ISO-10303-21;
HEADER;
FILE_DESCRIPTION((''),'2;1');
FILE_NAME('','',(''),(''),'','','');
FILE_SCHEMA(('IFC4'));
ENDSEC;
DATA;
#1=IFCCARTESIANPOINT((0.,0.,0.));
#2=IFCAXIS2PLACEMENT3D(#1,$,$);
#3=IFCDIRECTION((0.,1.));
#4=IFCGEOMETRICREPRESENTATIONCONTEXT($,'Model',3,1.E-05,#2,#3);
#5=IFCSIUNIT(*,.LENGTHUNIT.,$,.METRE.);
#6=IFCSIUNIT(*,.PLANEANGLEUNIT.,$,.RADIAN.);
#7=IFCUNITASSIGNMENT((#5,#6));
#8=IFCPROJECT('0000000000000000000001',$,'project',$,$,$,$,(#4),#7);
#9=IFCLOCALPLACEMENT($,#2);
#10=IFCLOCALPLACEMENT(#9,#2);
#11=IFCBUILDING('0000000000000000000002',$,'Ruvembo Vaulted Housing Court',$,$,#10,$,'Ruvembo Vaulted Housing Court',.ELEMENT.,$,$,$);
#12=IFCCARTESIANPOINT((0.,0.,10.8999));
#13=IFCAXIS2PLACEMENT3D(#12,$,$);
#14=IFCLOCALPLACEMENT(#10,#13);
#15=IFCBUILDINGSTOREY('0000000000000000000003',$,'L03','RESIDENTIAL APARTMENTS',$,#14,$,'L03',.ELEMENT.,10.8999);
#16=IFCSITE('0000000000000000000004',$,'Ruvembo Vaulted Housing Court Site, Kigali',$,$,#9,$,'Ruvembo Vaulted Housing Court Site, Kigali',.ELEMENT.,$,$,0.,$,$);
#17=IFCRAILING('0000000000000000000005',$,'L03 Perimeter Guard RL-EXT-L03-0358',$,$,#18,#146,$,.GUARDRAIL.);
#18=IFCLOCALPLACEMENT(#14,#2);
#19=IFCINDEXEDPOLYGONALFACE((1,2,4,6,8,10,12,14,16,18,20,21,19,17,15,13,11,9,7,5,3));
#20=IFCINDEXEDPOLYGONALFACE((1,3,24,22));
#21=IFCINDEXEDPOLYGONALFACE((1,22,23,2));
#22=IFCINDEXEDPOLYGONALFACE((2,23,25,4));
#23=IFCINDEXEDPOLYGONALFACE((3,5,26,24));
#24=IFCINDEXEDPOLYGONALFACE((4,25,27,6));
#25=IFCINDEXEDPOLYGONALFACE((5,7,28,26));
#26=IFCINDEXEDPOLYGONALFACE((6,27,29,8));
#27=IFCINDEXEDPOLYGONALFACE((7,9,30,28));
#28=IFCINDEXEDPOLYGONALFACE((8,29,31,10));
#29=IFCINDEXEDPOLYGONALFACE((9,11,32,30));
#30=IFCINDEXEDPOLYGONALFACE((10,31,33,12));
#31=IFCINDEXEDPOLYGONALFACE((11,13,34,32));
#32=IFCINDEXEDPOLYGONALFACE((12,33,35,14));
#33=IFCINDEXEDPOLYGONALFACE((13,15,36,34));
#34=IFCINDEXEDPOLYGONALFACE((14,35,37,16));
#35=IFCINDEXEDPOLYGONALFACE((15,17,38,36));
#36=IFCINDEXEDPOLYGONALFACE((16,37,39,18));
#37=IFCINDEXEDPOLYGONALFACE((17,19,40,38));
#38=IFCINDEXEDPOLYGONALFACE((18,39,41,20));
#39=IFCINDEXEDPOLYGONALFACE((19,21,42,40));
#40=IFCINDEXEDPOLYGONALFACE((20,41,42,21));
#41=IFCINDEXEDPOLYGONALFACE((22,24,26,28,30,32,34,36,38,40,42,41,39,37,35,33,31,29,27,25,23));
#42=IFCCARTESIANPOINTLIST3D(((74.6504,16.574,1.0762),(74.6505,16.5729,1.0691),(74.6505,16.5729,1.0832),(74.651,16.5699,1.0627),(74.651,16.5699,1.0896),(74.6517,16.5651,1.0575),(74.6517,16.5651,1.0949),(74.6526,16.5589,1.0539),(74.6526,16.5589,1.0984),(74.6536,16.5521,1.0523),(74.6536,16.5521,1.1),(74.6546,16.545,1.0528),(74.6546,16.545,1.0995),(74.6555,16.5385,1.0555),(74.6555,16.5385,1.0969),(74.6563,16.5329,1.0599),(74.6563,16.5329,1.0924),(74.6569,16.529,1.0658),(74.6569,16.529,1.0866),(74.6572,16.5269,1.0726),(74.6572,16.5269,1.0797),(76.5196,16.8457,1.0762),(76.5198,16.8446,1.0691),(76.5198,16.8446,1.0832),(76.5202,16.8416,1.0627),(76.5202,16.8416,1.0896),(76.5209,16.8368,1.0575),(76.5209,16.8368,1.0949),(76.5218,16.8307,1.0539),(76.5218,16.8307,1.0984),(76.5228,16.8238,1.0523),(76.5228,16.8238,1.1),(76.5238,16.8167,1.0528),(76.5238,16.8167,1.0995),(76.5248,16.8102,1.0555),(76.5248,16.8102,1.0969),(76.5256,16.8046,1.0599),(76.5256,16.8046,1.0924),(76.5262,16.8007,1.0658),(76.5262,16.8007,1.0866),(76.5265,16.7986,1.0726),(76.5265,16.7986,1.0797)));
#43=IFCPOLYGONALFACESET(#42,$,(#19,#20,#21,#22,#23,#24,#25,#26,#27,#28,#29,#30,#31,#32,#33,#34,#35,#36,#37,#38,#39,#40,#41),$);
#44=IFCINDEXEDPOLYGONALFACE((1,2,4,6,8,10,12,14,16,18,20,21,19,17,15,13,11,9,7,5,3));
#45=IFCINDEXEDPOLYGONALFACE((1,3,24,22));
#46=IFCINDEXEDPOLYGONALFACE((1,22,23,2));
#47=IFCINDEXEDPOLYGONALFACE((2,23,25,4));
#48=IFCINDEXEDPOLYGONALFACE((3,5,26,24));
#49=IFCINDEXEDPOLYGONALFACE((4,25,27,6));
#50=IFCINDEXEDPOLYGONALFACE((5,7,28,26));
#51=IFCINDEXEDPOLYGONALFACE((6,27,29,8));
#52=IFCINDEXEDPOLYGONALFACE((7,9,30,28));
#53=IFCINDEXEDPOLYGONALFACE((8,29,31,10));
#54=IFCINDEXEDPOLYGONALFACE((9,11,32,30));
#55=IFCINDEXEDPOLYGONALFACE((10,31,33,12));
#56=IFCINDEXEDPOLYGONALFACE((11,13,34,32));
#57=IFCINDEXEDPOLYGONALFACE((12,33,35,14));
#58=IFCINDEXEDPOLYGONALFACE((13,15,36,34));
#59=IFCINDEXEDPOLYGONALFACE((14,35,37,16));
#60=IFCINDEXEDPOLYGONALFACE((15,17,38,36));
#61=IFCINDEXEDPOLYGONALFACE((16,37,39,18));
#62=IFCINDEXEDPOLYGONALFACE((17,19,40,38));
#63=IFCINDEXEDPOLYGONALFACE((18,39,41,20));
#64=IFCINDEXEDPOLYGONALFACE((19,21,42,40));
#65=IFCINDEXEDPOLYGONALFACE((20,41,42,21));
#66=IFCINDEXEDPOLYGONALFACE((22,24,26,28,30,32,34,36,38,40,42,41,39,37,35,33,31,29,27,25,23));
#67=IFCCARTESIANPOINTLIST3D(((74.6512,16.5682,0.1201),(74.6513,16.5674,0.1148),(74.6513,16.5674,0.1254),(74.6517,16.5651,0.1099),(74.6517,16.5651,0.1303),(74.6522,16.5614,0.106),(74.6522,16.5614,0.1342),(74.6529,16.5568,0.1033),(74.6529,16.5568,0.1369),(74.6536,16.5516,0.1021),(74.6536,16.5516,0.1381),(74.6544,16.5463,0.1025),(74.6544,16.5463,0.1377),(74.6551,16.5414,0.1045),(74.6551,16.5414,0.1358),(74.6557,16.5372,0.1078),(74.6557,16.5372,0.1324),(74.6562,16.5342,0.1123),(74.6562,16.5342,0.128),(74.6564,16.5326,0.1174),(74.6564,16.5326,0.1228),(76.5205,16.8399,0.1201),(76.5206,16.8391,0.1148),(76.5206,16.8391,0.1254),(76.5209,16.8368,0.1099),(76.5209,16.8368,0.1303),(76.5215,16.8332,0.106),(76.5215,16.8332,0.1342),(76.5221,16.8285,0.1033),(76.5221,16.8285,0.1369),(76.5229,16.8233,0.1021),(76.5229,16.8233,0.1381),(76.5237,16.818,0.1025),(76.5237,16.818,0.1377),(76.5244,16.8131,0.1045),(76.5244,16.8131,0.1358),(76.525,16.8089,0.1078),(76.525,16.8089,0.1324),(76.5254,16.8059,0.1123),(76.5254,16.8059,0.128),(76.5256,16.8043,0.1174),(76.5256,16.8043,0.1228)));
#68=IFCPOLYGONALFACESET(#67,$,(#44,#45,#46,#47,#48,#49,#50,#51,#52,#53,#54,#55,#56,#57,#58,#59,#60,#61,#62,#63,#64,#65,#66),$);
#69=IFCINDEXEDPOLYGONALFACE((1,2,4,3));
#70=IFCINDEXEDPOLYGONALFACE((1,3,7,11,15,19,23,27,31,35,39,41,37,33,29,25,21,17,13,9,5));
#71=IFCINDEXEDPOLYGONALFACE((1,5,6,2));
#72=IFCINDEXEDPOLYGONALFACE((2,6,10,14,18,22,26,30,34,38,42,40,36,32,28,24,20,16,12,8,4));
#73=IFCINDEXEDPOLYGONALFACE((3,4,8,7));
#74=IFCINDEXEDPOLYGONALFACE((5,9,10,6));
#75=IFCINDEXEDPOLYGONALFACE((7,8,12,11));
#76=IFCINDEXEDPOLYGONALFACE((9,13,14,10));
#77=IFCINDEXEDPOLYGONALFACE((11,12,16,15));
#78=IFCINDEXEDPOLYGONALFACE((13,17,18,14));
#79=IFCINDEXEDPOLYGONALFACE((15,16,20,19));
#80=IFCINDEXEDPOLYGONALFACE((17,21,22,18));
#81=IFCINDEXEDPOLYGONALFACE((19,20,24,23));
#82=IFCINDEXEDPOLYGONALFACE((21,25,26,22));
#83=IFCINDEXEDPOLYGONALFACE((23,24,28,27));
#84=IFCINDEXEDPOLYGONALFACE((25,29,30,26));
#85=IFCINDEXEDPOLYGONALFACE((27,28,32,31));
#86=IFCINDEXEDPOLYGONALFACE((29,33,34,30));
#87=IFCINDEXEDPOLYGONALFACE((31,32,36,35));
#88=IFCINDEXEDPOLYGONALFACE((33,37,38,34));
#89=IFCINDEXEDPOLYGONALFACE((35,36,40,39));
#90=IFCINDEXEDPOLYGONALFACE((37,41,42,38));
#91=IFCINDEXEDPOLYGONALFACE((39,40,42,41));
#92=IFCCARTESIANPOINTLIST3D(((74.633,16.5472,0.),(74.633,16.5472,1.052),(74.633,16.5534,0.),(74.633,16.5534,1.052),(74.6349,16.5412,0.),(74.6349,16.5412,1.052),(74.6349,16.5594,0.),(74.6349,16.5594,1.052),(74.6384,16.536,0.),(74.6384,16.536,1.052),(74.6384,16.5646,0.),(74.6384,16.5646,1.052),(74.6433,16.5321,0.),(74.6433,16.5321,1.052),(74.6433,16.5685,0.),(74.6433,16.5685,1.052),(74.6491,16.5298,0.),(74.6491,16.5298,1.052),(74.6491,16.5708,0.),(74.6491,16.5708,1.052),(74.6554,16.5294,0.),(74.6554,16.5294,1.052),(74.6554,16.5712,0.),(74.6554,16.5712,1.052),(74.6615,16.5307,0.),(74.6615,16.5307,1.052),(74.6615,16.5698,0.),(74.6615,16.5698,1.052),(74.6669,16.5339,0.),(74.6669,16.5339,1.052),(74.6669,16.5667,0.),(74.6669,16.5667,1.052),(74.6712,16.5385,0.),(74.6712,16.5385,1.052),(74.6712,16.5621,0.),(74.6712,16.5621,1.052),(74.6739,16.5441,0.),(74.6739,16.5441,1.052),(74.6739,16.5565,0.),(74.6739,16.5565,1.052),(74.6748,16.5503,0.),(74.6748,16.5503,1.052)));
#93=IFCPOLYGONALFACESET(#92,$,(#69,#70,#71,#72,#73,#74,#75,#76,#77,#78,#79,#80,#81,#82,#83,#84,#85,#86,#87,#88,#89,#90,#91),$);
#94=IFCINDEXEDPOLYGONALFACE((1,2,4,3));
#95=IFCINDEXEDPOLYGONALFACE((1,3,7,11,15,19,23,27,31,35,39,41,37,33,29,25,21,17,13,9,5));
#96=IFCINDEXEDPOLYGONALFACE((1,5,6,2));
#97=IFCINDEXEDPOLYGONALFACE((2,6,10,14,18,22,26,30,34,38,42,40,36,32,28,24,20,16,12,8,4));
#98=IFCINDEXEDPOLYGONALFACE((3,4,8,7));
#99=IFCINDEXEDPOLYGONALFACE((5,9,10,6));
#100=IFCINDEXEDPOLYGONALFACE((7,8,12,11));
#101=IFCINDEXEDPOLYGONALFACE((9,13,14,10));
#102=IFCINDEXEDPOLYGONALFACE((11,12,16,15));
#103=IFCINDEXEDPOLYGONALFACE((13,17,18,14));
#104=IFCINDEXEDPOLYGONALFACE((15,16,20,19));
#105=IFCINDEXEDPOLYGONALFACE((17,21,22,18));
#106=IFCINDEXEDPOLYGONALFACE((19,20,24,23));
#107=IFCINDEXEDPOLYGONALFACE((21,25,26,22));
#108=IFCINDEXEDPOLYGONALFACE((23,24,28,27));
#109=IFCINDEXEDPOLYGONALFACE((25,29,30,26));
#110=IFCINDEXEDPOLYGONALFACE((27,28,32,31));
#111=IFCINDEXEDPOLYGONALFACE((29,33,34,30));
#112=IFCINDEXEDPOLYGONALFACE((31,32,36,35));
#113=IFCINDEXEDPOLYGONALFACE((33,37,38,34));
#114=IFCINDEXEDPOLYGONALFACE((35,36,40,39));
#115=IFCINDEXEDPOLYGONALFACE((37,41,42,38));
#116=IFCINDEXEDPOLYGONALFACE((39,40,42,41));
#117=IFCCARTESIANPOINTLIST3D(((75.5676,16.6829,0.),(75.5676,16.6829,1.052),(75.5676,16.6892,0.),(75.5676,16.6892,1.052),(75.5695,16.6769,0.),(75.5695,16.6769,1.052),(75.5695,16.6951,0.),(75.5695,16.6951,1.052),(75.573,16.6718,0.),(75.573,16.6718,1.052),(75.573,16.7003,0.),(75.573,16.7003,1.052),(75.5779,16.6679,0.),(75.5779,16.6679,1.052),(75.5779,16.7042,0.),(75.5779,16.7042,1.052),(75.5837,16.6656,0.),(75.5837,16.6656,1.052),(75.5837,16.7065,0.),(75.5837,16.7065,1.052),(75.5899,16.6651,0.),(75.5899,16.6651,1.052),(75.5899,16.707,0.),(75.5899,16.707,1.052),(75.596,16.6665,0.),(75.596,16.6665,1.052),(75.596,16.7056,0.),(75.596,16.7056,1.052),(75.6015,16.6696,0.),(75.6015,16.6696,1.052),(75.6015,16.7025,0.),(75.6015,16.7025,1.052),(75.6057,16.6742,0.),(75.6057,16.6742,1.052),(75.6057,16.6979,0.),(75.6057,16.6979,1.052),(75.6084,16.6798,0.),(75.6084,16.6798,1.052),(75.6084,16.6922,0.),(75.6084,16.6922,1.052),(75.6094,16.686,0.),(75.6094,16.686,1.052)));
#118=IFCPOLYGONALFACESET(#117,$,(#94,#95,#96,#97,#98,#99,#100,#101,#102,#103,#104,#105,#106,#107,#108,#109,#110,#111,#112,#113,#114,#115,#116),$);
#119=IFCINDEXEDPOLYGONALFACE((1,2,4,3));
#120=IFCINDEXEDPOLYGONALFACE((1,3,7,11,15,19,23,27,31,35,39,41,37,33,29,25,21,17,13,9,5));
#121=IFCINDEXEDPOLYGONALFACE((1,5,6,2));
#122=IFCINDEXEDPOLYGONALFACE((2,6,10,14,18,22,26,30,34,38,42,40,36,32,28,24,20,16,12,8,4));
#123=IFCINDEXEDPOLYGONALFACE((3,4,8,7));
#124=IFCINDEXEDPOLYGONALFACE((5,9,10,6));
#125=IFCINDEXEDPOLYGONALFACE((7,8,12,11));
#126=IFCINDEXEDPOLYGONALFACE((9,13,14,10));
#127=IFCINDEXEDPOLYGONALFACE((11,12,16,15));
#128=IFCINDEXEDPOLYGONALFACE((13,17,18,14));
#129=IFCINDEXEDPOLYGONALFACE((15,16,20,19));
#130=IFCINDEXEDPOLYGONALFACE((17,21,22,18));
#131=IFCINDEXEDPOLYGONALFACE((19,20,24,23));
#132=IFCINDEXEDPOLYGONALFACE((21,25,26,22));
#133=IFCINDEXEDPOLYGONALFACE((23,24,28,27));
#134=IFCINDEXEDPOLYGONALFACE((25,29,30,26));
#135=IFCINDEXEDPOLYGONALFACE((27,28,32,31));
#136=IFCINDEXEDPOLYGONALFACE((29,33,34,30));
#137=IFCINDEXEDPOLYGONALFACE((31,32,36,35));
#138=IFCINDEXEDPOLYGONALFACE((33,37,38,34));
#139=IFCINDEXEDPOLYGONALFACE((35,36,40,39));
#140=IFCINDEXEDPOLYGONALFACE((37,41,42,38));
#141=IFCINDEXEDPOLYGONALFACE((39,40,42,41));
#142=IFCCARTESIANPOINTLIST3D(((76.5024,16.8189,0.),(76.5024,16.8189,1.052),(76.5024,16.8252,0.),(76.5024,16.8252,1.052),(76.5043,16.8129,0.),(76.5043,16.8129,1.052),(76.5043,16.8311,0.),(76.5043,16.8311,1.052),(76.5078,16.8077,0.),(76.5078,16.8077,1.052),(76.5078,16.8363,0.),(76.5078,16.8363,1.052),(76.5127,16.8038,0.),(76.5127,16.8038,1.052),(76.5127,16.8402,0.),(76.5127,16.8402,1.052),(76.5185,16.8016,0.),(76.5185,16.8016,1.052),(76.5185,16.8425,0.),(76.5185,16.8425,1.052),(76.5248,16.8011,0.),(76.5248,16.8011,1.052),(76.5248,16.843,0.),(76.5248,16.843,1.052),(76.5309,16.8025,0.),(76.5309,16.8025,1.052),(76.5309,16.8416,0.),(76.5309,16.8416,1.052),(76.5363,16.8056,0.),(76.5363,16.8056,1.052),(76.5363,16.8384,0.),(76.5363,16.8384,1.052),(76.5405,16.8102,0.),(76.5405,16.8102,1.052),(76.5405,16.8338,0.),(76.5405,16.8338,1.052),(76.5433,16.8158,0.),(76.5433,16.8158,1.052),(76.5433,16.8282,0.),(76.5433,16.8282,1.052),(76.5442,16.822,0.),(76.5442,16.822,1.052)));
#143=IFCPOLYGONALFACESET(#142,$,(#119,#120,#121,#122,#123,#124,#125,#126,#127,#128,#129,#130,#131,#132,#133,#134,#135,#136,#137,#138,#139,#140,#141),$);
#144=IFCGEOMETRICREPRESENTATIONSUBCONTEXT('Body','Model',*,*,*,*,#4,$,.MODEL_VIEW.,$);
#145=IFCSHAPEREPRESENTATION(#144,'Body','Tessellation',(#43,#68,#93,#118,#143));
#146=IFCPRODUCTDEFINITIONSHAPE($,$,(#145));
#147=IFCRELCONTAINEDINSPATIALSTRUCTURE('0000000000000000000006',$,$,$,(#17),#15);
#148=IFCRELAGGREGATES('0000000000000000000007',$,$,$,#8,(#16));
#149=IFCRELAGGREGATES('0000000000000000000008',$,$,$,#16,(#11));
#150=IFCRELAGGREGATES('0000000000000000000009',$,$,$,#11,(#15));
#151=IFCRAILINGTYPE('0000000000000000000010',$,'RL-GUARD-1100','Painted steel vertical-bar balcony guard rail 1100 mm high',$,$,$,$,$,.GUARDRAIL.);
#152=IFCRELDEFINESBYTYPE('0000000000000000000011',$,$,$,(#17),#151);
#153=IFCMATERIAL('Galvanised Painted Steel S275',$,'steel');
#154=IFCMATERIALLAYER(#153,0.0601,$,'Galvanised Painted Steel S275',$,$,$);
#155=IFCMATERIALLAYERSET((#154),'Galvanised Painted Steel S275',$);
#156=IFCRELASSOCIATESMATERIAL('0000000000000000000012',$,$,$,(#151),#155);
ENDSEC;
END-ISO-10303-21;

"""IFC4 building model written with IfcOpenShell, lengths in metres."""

from ifc_helpers import new_model, si_unit, direction, frame, origin, origin_2d, place, context, subcontext, project, spatial, circle, extrude, material, layer, layer_set, type_object, element, save


model = new_model("IFC4")

# Units and contexts
model_context = context("Model", 3, precision=1e-05, world=origin(), true_north=direction((0.0, 1.0)))
body_context = subcontext(model_context, "Body", "Model", "MODEL_VIEW")
ifc_project = project(units=[si_unit("LENGTHUNIT", "METRE"), si_unit("PLANEANGLEUNIT", "RADIAN")], contexts=[model_context])

# Site, building, storey
site_placement = place(None, origin())
site = spatial("IfcSite", under=ifc_project, at=site_placement, Name="Ruvembo Vaulted Housing Court Site, Kigali", LongName="Ruvembo Vaulted Housing Court Site, Kigali", CompositionType="ELEMENT", RefElevation=0.0)
building_placement = place(site_placement, origin())
building = spatial("IfcBuilding", under=site, at=building_placement, Name="Ruvembo Vaulted Housing Court", LongName="Ruvembo Vaulted Housing Court", CompositionType="ELEMENT")
storey_placement = place(building_placement, frame((0.0, 0.0, 10.8999)))
storey = spatial("IfcBuildingStorey", under=building, at=storey_placement, Name="L03", Description="RESIDENTIAL APARTMENTS", LongName="L03", CompositionType="ELEMENT", Elevation=10.8999)

# Railing
ifc_material_1 = material(Name="Galvanised Painted Steel S275", Category="steel")
ifc_layer_1 = layer(ifc_material_1, 0.0601, Name="Galvanised Painted Steel S275")
ifc_layer_set_1 = layer_set([ifc_layer_1], Name="Galvanised Painted Steel S275")
railing_type = type_object("IfcRailingType", Name="RL-GUARD-1100", Description="Painted steel vertical-bar balcony guard rail 1100 mm high", PredefinedType="GUARDRAIL", material=ifc_layer_set_1)
railing_1_placement = place(storey_placement, frame((74.6538, 16.5503, 0.0)))
element("IfcRailing", 1, at=railing_1_placement, inside=storey, type_object=railing_type, Name="L03 Perimeter Guard RL-EXT-L03-0358", PredefinedType="GUARDRAIL", context=body_context, shape_type="SweptSolid", body=[
    extrude(circle(Radius=0.0239, at=origin_2d()), frame((0.0, 0.0, 1.0762), z_axis=(0.9896, 0.143845, 0.0), x_axis=(-0.143845, 0.9896, 0.0)), (0.0, 0.0, 1.0), 1.8889),
    extrude(circle(Radius=0.0181, at=origin_2d()), frame((0.0, 0.0, 0.1201), z_axis=(0.9896, 0.143845, 0.0), x_axis=(-0.143845, 0.9896, 0.0)), (0.0, 0.0, 1.0), 1.8889),
    extrude(circle(Radius=0.021, at=origin_2d()), origin(), (0.0, 0.0, 1.0), 1.052),
    extrude(circle(Radius=0.021, at=origin_2d()), frame((0.9346, 0.1357, 0.0)), (0.0, 0.0, 1.0), 1.052),
    extrude(circle(Radius=0.021, at=origin_2d()), frame((1.8694, 0.2717, 0.0)), (0.0, 0.0, 1.0), 1.052),
])

save(model, "model.ifc")
